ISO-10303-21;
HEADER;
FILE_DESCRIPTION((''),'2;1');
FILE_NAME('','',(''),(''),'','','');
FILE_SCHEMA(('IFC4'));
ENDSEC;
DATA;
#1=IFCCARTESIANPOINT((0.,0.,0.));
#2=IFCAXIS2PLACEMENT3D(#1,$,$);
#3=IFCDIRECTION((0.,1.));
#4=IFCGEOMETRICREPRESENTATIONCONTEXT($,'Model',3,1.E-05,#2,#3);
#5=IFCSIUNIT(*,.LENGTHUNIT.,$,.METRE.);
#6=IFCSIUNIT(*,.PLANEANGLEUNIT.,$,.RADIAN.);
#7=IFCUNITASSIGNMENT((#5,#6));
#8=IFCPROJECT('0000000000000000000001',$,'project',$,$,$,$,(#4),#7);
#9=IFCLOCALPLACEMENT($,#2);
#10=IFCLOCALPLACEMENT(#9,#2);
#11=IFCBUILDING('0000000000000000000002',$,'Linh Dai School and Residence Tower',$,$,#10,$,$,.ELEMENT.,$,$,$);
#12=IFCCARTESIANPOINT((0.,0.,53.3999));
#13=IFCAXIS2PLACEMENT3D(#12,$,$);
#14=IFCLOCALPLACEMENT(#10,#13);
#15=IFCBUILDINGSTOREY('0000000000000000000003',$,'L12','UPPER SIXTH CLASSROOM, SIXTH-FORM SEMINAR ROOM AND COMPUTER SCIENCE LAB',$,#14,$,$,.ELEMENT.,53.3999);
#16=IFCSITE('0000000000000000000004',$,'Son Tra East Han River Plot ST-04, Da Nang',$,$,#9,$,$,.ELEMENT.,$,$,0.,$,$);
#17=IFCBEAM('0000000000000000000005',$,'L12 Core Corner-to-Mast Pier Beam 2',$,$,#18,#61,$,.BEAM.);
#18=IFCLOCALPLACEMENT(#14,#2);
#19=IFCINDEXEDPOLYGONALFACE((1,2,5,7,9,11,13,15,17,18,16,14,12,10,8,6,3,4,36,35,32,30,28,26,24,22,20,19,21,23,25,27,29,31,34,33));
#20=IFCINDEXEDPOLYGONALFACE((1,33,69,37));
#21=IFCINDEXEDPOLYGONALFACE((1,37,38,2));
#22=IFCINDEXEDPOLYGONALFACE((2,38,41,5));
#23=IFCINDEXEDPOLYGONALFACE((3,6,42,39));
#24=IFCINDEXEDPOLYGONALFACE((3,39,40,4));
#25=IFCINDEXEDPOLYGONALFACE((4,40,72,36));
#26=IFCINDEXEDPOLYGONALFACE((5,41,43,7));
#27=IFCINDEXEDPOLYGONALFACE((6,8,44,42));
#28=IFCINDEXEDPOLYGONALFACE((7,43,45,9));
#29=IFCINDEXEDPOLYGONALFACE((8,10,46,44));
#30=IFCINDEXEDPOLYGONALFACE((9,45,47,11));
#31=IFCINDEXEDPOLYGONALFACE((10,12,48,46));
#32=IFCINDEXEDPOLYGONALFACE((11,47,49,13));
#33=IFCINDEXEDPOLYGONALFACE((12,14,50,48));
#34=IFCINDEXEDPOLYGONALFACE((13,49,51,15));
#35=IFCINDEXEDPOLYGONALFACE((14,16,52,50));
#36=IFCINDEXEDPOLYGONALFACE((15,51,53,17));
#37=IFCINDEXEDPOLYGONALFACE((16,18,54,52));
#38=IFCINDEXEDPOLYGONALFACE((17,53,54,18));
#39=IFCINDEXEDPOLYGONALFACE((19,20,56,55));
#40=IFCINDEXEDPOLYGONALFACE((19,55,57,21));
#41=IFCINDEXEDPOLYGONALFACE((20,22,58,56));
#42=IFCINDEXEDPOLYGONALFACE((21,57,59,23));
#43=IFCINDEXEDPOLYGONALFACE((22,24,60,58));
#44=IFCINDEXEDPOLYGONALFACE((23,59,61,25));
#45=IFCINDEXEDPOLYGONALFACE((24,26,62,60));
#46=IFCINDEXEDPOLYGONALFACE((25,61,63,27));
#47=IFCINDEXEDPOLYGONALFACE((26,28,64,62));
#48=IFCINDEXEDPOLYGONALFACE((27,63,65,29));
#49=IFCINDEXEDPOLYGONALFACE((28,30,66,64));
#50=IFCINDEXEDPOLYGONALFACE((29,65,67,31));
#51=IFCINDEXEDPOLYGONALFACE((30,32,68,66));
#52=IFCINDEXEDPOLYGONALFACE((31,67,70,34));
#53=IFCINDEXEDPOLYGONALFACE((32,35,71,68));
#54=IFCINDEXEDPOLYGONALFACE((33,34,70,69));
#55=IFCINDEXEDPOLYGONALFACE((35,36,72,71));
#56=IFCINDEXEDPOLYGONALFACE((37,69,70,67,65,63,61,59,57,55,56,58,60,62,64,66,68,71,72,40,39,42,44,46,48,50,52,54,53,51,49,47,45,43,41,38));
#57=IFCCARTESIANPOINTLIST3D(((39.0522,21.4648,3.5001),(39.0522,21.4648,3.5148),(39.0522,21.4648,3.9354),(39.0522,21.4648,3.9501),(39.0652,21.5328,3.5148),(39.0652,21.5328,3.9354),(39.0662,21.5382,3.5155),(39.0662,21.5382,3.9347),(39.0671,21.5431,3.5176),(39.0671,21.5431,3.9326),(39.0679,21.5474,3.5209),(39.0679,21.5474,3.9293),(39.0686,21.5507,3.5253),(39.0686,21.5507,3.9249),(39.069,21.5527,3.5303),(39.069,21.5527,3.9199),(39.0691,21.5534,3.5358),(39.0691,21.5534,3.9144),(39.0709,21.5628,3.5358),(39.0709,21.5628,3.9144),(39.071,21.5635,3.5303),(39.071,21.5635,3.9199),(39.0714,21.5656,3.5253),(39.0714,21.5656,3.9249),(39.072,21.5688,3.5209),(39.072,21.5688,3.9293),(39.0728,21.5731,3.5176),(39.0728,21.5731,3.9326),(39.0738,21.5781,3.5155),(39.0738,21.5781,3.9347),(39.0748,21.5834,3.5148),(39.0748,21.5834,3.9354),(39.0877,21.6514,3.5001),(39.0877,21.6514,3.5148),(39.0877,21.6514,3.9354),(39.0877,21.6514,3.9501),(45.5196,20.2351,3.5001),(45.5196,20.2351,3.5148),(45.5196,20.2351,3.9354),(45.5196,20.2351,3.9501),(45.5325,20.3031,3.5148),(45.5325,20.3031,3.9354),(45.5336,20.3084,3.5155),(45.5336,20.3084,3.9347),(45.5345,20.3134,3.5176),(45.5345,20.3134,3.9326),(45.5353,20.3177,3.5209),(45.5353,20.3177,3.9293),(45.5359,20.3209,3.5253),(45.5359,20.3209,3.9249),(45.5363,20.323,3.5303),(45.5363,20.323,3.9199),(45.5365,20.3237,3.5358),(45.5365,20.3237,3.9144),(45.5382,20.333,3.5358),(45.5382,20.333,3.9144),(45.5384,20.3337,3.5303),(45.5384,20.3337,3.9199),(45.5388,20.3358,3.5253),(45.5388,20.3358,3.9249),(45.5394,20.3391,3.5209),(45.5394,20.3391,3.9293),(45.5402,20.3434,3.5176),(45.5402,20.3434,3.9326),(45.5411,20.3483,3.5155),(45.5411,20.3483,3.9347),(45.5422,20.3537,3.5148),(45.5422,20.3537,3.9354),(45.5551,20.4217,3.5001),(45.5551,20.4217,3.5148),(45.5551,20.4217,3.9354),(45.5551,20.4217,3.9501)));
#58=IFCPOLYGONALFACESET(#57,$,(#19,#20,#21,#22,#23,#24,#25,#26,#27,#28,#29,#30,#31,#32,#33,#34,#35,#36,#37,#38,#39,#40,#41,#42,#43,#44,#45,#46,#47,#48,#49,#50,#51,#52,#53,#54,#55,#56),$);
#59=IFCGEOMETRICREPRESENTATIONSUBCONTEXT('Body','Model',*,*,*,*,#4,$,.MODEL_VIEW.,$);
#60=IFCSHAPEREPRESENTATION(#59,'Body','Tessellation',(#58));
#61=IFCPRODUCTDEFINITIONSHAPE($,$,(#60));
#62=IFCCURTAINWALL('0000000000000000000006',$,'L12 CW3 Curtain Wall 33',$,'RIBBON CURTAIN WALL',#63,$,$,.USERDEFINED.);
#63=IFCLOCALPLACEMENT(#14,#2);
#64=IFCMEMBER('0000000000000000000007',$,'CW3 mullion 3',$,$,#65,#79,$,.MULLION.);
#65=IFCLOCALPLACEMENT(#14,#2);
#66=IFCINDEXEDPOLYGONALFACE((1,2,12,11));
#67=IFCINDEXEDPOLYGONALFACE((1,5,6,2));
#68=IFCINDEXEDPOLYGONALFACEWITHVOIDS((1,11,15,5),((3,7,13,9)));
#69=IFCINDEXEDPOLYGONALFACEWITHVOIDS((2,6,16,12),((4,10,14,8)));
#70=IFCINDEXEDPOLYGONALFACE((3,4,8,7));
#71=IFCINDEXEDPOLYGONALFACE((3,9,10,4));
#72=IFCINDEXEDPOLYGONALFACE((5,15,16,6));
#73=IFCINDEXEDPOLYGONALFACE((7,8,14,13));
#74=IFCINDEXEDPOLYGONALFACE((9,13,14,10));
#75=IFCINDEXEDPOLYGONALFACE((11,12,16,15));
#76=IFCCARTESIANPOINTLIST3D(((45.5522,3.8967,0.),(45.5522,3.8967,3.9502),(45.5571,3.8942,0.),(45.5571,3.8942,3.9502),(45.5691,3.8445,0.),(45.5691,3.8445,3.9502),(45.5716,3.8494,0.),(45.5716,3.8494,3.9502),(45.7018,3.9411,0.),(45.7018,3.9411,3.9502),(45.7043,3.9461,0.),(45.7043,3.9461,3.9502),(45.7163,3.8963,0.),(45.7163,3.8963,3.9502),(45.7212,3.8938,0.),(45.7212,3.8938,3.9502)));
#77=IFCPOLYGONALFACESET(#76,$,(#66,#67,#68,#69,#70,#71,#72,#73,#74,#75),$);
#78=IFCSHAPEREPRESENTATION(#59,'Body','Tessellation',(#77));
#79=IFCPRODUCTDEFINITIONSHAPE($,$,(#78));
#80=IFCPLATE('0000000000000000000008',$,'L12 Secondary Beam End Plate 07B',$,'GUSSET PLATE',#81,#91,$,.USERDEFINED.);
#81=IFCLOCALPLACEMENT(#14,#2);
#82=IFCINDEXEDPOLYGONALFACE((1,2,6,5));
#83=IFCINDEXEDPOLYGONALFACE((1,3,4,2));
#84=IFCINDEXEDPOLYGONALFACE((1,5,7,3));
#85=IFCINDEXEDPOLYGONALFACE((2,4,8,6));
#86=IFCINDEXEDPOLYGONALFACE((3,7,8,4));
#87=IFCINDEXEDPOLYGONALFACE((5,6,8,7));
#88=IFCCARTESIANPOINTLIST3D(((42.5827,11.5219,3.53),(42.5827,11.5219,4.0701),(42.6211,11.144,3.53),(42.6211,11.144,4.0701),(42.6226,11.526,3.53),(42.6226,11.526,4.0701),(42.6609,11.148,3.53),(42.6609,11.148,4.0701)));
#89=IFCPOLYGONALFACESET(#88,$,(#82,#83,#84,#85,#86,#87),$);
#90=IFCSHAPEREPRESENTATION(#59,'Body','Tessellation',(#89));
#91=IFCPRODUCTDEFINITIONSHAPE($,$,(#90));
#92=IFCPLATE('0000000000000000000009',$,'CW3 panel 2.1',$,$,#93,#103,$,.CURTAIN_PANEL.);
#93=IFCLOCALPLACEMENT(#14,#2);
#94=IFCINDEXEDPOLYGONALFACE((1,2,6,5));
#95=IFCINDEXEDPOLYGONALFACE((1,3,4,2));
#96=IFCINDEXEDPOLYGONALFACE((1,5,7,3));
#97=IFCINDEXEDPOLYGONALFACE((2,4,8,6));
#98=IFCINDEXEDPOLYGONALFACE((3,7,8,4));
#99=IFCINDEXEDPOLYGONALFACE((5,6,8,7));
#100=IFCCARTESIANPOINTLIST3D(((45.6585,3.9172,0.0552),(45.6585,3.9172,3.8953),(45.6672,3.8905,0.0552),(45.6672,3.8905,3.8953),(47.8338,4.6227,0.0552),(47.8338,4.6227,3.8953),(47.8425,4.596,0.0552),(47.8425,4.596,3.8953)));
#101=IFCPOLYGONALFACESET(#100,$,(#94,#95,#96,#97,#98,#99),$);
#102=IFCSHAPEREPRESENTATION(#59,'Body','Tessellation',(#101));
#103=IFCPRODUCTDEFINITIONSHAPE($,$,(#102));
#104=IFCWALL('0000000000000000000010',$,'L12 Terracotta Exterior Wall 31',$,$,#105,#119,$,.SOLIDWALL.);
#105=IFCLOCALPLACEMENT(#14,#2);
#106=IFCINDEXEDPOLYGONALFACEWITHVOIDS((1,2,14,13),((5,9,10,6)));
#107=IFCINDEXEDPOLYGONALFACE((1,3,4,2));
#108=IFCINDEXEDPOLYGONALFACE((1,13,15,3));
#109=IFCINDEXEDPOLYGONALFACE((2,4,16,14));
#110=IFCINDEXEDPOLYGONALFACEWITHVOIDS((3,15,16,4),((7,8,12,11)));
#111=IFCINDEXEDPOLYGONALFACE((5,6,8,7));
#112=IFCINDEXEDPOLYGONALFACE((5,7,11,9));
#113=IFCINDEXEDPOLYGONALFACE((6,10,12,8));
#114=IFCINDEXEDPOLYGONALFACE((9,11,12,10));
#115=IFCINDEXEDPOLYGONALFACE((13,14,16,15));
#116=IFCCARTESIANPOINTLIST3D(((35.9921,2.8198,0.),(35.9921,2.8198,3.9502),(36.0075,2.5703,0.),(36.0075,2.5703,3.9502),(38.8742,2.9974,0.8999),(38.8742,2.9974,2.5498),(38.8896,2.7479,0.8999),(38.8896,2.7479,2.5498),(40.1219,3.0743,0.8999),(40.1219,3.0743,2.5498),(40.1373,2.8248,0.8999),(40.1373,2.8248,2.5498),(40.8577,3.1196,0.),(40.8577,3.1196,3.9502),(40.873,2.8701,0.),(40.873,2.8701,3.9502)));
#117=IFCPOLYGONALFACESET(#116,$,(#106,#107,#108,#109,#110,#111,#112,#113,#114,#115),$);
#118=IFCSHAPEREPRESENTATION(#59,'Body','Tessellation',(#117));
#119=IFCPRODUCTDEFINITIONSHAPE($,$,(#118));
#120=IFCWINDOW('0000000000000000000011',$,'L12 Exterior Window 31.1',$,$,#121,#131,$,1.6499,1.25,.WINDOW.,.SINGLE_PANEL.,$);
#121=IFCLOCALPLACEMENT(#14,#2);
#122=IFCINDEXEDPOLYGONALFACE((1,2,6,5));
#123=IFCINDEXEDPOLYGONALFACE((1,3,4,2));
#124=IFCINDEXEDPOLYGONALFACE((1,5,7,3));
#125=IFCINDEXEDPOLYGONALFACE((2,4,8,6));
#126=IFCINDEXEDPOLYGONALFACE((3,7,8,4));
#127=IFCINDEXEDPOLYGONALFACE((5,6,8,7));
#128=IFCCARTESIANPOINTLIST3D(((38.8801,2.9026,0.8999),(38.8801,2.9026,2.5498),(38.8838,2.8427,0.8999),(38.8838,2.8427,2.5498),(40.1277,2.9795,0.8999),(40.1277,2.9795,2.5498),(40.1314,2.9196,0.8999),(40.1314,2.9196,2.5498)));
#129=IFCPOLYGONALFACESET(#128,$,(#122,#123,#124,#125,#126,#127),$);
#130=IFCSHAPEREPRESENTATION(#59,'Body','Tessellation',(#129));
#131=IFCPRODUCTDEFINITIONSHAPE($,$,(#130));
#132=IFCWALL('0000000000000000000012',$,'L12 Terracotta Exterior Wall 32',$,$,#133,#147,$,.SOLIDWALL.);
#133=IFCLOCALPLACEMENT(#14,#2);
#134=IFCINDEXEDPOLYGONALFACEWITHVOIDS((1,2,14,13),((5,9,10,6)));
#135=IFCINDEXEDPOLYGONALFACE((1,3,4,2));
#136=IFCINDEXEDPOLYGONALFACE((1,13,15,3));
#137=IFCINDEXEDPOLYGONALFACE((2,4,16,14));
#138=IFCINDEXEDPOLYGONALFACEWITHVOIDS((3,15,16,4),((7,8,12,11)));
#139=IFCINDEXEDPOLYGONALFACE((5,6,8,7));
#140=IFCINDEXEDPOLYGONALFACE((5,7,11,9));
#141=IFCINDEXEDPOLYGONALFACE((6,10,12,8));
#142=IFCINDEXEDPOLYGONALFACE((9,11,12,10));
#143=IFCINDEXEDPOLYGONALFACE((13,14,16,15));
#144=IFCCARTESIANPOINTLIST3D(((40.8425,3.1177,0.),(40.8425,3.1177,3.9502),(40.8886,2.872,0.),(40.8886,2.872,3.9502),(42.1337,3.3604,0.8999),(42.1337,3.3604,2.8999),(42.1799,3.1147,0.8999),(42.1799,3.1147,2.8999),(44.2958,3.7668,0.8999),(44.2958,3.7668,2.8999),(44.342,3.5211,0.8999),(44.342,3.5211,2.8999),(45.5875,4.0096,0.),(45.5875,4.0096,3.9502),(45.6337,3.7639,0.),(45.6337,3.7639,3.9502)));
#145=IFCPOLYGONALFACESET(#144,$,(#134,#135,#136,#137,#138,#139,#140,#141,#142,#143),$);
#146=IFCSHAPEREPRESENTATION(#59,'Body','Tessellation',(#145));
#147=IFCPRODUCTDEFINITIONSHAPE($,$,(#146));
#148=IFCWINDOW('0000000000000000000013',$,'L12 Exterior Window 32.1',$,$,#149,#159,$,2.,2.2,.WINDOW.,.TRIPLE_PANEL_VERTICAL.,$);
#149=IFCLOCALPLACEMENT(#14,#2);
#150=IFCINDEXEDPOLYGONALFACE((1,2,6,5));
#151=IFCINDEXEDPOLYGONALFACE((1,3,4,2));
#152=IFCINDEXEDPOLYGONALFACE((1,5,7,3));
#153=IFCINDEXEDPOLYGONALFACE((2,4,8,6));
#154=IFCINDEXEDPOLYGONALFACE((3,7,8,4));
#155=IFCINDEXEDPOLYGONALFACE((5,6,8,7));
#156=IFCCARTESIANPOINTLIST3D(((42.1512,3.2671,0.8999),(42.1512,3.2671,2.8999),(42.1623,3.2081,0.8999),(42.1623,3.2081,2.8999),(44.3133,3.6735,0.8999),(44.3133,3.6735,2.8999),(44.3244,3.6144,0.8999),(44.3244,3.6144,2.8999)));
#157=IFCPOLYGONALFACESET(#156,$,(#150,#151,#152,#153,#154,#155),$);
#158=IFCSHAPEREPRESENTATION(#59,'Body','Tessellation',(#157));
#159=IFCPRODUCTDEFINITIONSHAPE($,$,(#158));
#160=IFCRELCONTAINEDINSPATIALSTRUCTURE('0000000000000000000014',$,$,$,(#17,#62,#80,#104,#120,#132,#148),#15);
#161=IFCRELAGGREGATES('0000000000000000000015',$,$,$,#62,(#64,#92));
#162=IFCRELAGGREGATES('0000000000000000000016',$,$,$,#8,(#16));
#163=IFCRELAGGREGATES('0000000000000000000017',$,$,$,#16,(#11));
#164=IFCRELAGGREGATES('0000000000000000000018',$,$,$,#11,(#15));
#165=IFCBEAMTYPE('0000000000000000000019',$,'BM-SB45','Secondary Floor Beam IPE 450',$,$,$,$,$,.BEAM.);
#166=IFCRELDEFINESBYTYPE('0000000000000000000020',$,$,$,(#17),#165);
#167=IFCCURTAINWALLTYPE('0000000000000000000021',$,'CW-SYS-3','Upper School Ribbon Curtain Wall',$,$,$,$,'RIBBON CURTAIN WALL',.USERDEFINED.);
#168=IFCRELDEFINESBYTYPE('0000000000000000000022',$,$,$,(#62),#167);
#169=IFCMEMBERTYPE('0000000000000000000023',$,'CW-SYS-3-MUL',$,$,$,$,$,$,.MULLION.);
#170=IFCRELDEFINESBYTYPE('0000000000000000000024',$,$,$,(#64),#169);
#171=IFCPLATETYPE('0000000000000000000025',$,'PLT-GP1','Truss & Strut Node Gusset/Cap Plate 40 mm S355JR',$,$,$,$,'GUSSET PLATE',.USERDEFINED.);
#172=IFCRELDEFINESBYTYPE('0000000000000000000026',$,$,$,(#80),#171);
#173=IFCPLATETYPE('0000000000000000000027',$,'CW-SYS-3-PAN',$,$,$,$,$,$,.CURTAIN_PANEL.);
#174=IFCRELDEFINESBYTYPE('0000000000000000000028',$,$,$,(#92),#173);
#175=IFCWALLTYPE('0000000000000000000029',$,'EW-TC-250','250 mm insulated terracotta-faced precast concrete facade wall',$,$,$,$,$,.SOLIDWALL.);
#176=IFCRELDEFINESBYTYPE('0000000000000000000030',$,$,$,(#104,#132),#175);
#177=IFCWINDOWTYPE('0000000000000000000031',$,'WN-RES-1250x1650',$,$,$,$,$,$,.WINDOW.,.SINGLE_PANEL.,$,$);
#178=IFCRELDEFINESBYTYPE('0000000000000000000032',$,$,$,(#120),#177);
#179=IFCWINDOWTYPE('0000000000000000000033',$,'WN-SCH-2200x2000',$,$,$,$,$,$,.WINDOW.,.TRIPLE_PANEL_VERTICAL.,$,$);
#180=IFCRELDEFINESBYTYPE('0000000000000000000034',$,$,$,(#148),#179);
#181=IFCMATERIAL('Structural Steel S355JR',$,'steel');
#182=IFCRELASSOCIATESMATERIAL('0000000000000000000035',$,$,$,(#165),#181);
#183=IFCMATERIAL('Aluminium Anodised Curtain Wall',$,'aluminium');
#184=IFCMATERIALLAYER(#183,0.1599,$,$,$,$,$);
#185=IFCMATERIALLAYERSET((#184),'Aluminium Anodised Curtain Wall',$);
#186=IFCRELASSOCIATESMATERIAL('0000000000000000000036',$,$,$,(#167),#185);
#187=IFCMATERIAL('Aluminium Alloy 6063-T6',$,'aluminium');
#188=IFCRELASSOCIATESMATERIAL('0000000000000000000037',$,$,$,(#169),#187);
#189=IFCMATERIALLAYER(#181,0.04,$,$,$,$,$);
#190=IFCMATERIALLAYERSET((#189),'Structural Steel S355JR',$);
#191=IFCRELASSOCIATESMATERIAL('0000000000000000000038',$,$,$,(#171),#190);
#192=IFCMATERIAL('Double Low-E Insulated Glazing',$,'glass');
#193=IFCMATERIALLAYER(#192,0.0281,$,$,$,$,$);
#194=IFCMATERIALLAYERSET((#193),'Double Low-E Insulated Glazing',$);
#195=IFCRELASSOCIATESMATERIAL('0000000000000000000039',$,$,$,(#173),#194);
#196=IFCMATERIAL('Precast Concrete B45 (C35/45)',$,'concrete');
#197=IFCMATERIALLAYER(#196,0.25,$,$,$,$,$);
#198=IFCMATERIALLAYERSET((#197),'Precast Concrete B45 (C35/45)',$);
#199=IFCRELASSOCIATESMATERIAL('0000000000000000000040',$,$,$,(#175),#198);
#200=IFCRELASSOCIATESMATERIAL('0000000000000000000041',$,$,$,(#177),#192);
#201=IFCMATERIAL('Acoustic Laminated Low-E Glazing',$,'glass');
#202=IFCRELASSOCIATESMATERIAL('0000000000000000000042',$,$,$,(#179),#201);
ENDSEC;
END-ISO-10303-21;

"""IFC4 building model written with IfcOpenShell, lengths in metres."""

from ifc_helpers import new_model, si_unit, direction, frame, frame_2d, origin, origin_2d, place, context, subcontext, project, spatial, rectangle, hollow_rectangle, i_section, extrude, source, transform, mapped, material, layer, layer_set, material_profile, profile_set, type_object, element, fill, aggregate, save


model = new_model("IFC4")

# Units and contexts
model_context = context("Model", 3, precision=1e-05, world=origin(), true_north=direction((0.0, 1.0)))
body_context = subcontext(model_context, "Body", "Model", "MODEL_VIEW")
ifc_project = project(units=[si_unit("LENGTHUNIT", "METRE"), si_unit("PLANEANGLEUNIT", "RADIAN")], contexts=[model_context])

# Site, building, storey
site_placement = place(None, origin())
site = spatial("IfcSite", under=ifc_project, at=site_placement, Name="Son Tra East Han River Plot ST-04, Da Nang", CompositionType="ELEMENT", RefElevation=0.0)
building_placement = place(site_placement, origin())
building = spatial("IfcBuilding", under=site, at=building_placement, Name="Linh Dai School and Residence Tower", CompositionType="ELEMENT")
storey_placement = place(building_placement, frame((0.0, 0.0, 53.3999)))
storey = spatial("IfcBuildingStorey", under=building, at=storey_placement, Name="L12", Description="UPPER SIXTH CLASSROOM, SIXTH-FORM SEMINAR ROOM AND COMPUTER SCIENCE LAB", CompositionType="ELEMENT", Elevation=53.3999)

# Shared definitions
ifc_material_1 = material(Name="Structural Steel S355JR", Category="steel")

# Beam
ifc_material_profile_1 = material_profile(ifc_material_1, i_section(OverallWidth=0.1899, OverallDepth=0.45, WebThickness=0.0095, FlangeThickness=0.0146, FilletRadius=0.021, at=origin_2d()), Name="IPE 450")
ifc_profile_set_1 = profile_set([ifc_material_profile_1], Name="Structural Steel S355JR")
beam_type_1 = type_object("IfcBeamType", Name="BM-SB45", Description="Secondary Floor Beam IPE 450", PredefinedType="BEAM", material=ifc_profile_set_1)
beam_1_placement = place(storey_placement, frame((45.5374, 20.3284, 3.7251), z_axis=(-0.982398, 0.1868, 0.0), x_axis=(-0.1868, -0.982398, 0.0)))
element("IfcBeam", 1, at=beam_1_placement, inside=storey, type_object=beam_type_1, Name="L12 Core Corner-to-Mast Pier Beam 2", PredefinedType="BEAM", context=body_context, shape_type="SweptSolid", body=[
    extrude(i_section(OverallWidth=0.1899, OverallDepth=0.45, WebThickness=0.0095, FlangeThickness=0.0146, FilletRadius=0.021, at=origin_2d()), origin(), (0.0, 0.0, 1.0), 6.5833),
])

# Curtain wall, member
ifc_material_2 = material(Name="Aluminium Anodised Curtain Wall", Category="aluminium")
ifc_layer_1 = layer(ifc_material_2, 0.1599)
ifc_layer_set_1 = layer_set([ifc_layer_1], Name="Aluminium Anodised Curtain Wall")
curtain_wall_type = type_object("IfcCurtainWallType", Name="CW-SYS-3", Description="Upper School Ribbon Curtain Wall", ElementType="RIBBON CURTAIN WALL", PredefinedType="USERDEFINED", material=ifc_layer_set_1)
curtain_wall_placement = place(storey_placement, origin())
curtain_wall = element("IfcCurtainWall", 2, at=curtain_wall_placement, inside=storey, type_object=curtain_wall_type, Name="L12 CW3 Curtain Wall 33", ObjectType="RIBBON CURTAIN WALL", PredefinedType="USERDEFINED")
ifc_material_3 = material(Name="Aluminium Alloy 6063-T6", Category="aluminium")
ifc_material_profile_2 = material_profile(ifc_material_3, hollow_rectangle(XDim=0.0549, YDim=0.1599, WallThickness=0.0039, at=origin_2d()), Name="RHS 160x55x4")
ifc_profile_set_2 = profile_set([ifc_material_profile_2], Name="Aluminium Alloy 6063-T6")
member_type = type_object("IfcMemberType", Name="CW-SYS-3-MUL", PredefinedType="MULLION", material=ifc_profile_set_2)
shared_shape_1 = source(origin(), body_context, "Body", "SweptSolid", [
    extrude(hollow_rectangle(XDim=0.0549, YDim=0.1599, WallThickness=0.0039, at=origin_2d()), origin(), (0.0, 0.0, 1.0), 3.9502),
])
member_placement = place(storey_placement, frame((45.6367, 3.8953, 0.0), z_axis=(0.0, 0.0, 1.0), x_axis=(0.308511, -0.951221, 0.0)))
member = element("IfcMember", 3, at=member_placement, type_object=member_type, Name="CW3 mullion 3", PredefinedType="MULLION", context=body_context, shape_type="MappedRepresentation", body=[
    mapped(shared_shape_1, transform((0.0, 0.0, 0.0), x_axis=(1.0, 0.0, 0.0), y_axis=(0.0, 1.0, 0.0), z_axis=(0.0, 0.0, 1.0), scale=1.0)),
])

# Plates
ifc_layer_2 = layer(ifc_material_1, 0.04)
ifc_layer_set_2 = layer_set([ifc_layer_2], Name="Structural Steel S355JR")
plate_type_1 = type_object("IfcPlateType", Name="PLT-GP1", Description="Truss & Strut Node Gusset/Cap Plate 40 mm S355JR", ElementType="GUSSET PLATE", PredefinedType="USERDEFINED", material=ifc_layer_set_2)
shared_shape_2 = source(origin(), body_context, "Body", "SweptSolid", [
    extrude(rectangle(XDim=0.04, YDim=0.3799, at=origin_2d()), origin(), (0.0, 0.0, 1.0), 0.54),
])
plate_1_placement = place(storey_placement, frame((42.6218, 11.335, 3.53), z_axis=(0.0, 0.0, 1.0), x_axis=(0.994884, 0.101023, 0.0)))
element("IfcPlate", 4, at=plate_1_placement, inside=storey, type_object=plate_type_1, Name="L12 Secondary Beam End Plate 07B", ObjectType="GUSSET PLATE", PredefinedType="USERDEFINED", context=body_context, shape_type="MappedRepresentation", body=[
    mapped(shared_shape_2, transform((0.0, 0.0, 0.0), x_axis=(1.0, 0.0, 0.0), y_axis=(0.0, 1.0, 0.0), z_axis=(0.0, 0.0, 1.0), scale=1.0)),
])
ifc_material_4 = material(Name="Double Low-E Insulated Glazing", Category="glass")
ifc_layer_3 = layer(ifc_material_4, 0.0281)
ifc_layer_set_3 = layer_set([ifc_layer_3], Name="Double Low-E Insulated Glazing")
plate_type_2 = type_object("IfcPlateType", Name="CW-SYS-3-PAN", PredefinedType="CURTAIN_PANEL", material=ifc_layer_set_3)
shared_shape_3 = source(origin(), body_context, "Body", "SweptSolid", [
    extrude(rectangle(XDim=2.2869, YDim=0.0281, at=origin_2d()), origin(), (0.0, 0.0, 1.0), 3.8401),
])
plate_2_placement = place(storey_placement, frame((46.7505, 4.2566, 0.0552), z_axis=(0.0, 0.0, 1.0), x_axis=(-0.951221, -0.308511, 0.0)))
plate_2 = element("IfcPlate", 5, at=plate_2_placement, type_object=plate_type_2, Name="CW3 panel 2.1", PredefinedType="CURTAIN_PANEL", context=body_context, shape_type="MappedRepresentation", body=[
    mapped(shared_shape_3, transform((0.0, 0.0, 0.0), x_axis=(1.0, 0.0, 0.0), y_axis=(0.0, 1.0, 0.0), z_axis=(0.0, 0.0, 1.0), scale=1.0)),
])
aggregate(curtain_wall, [member, plate_2])

# Walls, openings, windows
ifc_material_5 = material(Name="Precast Concrete B45 (C35/45)", Category="concrete")
ifc_layer_4 = layer(ifc_material_5, 0.25)
ifc_layer_set_4 = layer_set([ifc_layer_4], Name="Precast Concrete B45 (C35/45)")
wall_type_1 = type_object("IfcWallType", Name="EW-TC-250", Description="250 mm insulated terracotta-faced precast concrete facade wall", PredefinedType="SOLIDWALL", material=ifc_layer_set_4)
wall_1_placement = place(storey_placement, frame((40.8655, 2.9949, 0.0), z_axis=(0.0, 0.0, 1.0), x_axis=(-0.998107, -0.061502, 0.0)))
wall_1 = element("IfcWall", 6, at=wall_1_placement, inside=storey, type_object=wall_type_1, Name="L12 Terracotta Exterior Wall 31", PredefinedType="SOLIDWALL", context=body_context, shape_type="SweptSolid", body=[
    extrude(rectangle(XDim=4.8748, YDim=0.25, at=frame_2d((2.4375, 0.0))), origin(), (0.0, 0.0, 1.0), 3.9502),
])
opening_1_placement = place(wall_1_placement, frame((0.7373, 0.0, 0.8999)))
opening_1 = element("IfcOpeningElement", 7, at=opening_1_placement, cuts=wall_1, PredefinedType="OPENING", context=body_context, shape_type="SweptSolid", body=[
    extrude(rectangle(XDim=1.25, YDim=1.6499, at=origin_2d()), frame((0.625, 0.135, 0.825), z_axis=(0.0, -1.0, 0.0), x_axis=(1.0, 0.0, 0.0)), (0.0, 0.0, 1.0), 0.27),
])
window_type_1 = type_object("IfcWindowType", Name="WN-RES-1250x1650", PartitioningType="SINGLE_PANEL", PredefinedType="WINDOW", material=ifc_material_4)
shared_shape_4 = source(origin(), body_context, "Body", "SweptSolid", [
    extrude(rectangle(XDim=1.25, YDim=1.6499, at=origin_2d()), frame((0.625, 0.03, 0.825), z_axis=(0.0, -1.0, 0.0), x_axis=(1.0, 0.0, 0.0)), (0.0, 0.0, 1.0), 0.0601),
])
window_1_placement = place(opening_1_placement, origin())
window_1 = element("IfcWindow", 8, at=window_1_placement, inside=storey, type_object=window_type_1, Name="L12 Exterior Window 31.1", OverallHeight=1.6499, OverallWidth=1.25, PartitioningType="SINGLE_PANEL", PredefinedType="WINDOW", context=body_context, shape_type="MappedRepresentation", body=[
    mapped(shared_shape_4, transform((0.0, 0.0, 0.0), x_axis=(1.0, 0.0, 0.0), y_axis=(0.0, 1.0, 0.0), z_axis=(0.0, 0.0, 1.0), scale=1.0)),
])
fill(opening_1, window_1)
wall_2_placement = place(storey_placement, frame((45.6106, 3.8867, 0.0), z_axis=(0.0, 0.0, 1.0), x_axis=(-0.982792, -0.184716, 0.0)))
wall_2 = element("IfcWall", 9, at=wall_2_placement, inside=storey, type_object=wall_type_1, Name="L12 Terracotta Exterior Wall 32", PredefinedType="SOLIDWALL", context=body_context, shape_type="SweptSolid", body=[
    extrude(rectangle(XDim=4.8281, YDim=0.25, at=frame_2d((2.4141, 0.0))), origin(), (0.0, 0.0, 1.0), 3.9502),
])
opening_2_placement = place(wall_2_placement, frame((1.3142, 0.0, 0.8999)))
opening_2 = element("IfcOpeningElement", 10, at=opening_2_placement, cuts=wall_2, PredefinedType="OPENING", context=body_context, shape_type="SweptSolid", body=[
    extrude(rectangle(XDim=2.2, YDim=2.0, at=origin_2d()), frame((1.1001, 0.135, 1.0), z_axis=(0.0, -1.0, 0.0), x_axis=(1.0, 0.0, 0.0)), (0.0, 0.0, 1.0), 0.27),
])
ifc_material_6 = material(Name="Acoustic Laminated Low-E Glazing", Category="glass")
window_type_2 = type_object("IfcWindowType", Name="WN-SCH-2200x2000", PartitioningType="TRIPLE_PANEL_VERTICAL", PredefinedType="WINDOW", material=ifc_material_6)
shared_shape_5 = source(origin(), body_context, "Body", "SweptSolid", [
    extrude(rectangle(XDim=2.2, YDim=2.0, at=origin_2d()), frame((1.1001, 0.03, 1.0), z_axis=(0.0, -1.0, 0.0), x_axis=(1.0, 0.0, 0.0)), (0.0, 0.0, 1.0), 0.0601),
])
window_2_placement = place(opening_2_placement, origin())
window_2 = element("IfcWindow", 11, at=window_2_placement, inside=storey, type_object=window_type_2, Name="L12 Exterior Window 32.1", OverallHeight=2.0, OverallWidth=2.2, PartitioningType="TRIPLE_PANEL_VERTICAL", PredefinedType="WINDOW", context=body_context, shape_type="MappedRepresentation", body=[
    mapped(shared_shape_5, transform((0.0, 0.0, 0.0), x_axis=(1.0, 0.0, 0.0), y_axis=(0.0, 1.0, 0.0), z_axis=(0.0, 0.0, 1.0), scale=1.0)),
])
fill(opening_2, window_2)

save(model, "model.ifc")
